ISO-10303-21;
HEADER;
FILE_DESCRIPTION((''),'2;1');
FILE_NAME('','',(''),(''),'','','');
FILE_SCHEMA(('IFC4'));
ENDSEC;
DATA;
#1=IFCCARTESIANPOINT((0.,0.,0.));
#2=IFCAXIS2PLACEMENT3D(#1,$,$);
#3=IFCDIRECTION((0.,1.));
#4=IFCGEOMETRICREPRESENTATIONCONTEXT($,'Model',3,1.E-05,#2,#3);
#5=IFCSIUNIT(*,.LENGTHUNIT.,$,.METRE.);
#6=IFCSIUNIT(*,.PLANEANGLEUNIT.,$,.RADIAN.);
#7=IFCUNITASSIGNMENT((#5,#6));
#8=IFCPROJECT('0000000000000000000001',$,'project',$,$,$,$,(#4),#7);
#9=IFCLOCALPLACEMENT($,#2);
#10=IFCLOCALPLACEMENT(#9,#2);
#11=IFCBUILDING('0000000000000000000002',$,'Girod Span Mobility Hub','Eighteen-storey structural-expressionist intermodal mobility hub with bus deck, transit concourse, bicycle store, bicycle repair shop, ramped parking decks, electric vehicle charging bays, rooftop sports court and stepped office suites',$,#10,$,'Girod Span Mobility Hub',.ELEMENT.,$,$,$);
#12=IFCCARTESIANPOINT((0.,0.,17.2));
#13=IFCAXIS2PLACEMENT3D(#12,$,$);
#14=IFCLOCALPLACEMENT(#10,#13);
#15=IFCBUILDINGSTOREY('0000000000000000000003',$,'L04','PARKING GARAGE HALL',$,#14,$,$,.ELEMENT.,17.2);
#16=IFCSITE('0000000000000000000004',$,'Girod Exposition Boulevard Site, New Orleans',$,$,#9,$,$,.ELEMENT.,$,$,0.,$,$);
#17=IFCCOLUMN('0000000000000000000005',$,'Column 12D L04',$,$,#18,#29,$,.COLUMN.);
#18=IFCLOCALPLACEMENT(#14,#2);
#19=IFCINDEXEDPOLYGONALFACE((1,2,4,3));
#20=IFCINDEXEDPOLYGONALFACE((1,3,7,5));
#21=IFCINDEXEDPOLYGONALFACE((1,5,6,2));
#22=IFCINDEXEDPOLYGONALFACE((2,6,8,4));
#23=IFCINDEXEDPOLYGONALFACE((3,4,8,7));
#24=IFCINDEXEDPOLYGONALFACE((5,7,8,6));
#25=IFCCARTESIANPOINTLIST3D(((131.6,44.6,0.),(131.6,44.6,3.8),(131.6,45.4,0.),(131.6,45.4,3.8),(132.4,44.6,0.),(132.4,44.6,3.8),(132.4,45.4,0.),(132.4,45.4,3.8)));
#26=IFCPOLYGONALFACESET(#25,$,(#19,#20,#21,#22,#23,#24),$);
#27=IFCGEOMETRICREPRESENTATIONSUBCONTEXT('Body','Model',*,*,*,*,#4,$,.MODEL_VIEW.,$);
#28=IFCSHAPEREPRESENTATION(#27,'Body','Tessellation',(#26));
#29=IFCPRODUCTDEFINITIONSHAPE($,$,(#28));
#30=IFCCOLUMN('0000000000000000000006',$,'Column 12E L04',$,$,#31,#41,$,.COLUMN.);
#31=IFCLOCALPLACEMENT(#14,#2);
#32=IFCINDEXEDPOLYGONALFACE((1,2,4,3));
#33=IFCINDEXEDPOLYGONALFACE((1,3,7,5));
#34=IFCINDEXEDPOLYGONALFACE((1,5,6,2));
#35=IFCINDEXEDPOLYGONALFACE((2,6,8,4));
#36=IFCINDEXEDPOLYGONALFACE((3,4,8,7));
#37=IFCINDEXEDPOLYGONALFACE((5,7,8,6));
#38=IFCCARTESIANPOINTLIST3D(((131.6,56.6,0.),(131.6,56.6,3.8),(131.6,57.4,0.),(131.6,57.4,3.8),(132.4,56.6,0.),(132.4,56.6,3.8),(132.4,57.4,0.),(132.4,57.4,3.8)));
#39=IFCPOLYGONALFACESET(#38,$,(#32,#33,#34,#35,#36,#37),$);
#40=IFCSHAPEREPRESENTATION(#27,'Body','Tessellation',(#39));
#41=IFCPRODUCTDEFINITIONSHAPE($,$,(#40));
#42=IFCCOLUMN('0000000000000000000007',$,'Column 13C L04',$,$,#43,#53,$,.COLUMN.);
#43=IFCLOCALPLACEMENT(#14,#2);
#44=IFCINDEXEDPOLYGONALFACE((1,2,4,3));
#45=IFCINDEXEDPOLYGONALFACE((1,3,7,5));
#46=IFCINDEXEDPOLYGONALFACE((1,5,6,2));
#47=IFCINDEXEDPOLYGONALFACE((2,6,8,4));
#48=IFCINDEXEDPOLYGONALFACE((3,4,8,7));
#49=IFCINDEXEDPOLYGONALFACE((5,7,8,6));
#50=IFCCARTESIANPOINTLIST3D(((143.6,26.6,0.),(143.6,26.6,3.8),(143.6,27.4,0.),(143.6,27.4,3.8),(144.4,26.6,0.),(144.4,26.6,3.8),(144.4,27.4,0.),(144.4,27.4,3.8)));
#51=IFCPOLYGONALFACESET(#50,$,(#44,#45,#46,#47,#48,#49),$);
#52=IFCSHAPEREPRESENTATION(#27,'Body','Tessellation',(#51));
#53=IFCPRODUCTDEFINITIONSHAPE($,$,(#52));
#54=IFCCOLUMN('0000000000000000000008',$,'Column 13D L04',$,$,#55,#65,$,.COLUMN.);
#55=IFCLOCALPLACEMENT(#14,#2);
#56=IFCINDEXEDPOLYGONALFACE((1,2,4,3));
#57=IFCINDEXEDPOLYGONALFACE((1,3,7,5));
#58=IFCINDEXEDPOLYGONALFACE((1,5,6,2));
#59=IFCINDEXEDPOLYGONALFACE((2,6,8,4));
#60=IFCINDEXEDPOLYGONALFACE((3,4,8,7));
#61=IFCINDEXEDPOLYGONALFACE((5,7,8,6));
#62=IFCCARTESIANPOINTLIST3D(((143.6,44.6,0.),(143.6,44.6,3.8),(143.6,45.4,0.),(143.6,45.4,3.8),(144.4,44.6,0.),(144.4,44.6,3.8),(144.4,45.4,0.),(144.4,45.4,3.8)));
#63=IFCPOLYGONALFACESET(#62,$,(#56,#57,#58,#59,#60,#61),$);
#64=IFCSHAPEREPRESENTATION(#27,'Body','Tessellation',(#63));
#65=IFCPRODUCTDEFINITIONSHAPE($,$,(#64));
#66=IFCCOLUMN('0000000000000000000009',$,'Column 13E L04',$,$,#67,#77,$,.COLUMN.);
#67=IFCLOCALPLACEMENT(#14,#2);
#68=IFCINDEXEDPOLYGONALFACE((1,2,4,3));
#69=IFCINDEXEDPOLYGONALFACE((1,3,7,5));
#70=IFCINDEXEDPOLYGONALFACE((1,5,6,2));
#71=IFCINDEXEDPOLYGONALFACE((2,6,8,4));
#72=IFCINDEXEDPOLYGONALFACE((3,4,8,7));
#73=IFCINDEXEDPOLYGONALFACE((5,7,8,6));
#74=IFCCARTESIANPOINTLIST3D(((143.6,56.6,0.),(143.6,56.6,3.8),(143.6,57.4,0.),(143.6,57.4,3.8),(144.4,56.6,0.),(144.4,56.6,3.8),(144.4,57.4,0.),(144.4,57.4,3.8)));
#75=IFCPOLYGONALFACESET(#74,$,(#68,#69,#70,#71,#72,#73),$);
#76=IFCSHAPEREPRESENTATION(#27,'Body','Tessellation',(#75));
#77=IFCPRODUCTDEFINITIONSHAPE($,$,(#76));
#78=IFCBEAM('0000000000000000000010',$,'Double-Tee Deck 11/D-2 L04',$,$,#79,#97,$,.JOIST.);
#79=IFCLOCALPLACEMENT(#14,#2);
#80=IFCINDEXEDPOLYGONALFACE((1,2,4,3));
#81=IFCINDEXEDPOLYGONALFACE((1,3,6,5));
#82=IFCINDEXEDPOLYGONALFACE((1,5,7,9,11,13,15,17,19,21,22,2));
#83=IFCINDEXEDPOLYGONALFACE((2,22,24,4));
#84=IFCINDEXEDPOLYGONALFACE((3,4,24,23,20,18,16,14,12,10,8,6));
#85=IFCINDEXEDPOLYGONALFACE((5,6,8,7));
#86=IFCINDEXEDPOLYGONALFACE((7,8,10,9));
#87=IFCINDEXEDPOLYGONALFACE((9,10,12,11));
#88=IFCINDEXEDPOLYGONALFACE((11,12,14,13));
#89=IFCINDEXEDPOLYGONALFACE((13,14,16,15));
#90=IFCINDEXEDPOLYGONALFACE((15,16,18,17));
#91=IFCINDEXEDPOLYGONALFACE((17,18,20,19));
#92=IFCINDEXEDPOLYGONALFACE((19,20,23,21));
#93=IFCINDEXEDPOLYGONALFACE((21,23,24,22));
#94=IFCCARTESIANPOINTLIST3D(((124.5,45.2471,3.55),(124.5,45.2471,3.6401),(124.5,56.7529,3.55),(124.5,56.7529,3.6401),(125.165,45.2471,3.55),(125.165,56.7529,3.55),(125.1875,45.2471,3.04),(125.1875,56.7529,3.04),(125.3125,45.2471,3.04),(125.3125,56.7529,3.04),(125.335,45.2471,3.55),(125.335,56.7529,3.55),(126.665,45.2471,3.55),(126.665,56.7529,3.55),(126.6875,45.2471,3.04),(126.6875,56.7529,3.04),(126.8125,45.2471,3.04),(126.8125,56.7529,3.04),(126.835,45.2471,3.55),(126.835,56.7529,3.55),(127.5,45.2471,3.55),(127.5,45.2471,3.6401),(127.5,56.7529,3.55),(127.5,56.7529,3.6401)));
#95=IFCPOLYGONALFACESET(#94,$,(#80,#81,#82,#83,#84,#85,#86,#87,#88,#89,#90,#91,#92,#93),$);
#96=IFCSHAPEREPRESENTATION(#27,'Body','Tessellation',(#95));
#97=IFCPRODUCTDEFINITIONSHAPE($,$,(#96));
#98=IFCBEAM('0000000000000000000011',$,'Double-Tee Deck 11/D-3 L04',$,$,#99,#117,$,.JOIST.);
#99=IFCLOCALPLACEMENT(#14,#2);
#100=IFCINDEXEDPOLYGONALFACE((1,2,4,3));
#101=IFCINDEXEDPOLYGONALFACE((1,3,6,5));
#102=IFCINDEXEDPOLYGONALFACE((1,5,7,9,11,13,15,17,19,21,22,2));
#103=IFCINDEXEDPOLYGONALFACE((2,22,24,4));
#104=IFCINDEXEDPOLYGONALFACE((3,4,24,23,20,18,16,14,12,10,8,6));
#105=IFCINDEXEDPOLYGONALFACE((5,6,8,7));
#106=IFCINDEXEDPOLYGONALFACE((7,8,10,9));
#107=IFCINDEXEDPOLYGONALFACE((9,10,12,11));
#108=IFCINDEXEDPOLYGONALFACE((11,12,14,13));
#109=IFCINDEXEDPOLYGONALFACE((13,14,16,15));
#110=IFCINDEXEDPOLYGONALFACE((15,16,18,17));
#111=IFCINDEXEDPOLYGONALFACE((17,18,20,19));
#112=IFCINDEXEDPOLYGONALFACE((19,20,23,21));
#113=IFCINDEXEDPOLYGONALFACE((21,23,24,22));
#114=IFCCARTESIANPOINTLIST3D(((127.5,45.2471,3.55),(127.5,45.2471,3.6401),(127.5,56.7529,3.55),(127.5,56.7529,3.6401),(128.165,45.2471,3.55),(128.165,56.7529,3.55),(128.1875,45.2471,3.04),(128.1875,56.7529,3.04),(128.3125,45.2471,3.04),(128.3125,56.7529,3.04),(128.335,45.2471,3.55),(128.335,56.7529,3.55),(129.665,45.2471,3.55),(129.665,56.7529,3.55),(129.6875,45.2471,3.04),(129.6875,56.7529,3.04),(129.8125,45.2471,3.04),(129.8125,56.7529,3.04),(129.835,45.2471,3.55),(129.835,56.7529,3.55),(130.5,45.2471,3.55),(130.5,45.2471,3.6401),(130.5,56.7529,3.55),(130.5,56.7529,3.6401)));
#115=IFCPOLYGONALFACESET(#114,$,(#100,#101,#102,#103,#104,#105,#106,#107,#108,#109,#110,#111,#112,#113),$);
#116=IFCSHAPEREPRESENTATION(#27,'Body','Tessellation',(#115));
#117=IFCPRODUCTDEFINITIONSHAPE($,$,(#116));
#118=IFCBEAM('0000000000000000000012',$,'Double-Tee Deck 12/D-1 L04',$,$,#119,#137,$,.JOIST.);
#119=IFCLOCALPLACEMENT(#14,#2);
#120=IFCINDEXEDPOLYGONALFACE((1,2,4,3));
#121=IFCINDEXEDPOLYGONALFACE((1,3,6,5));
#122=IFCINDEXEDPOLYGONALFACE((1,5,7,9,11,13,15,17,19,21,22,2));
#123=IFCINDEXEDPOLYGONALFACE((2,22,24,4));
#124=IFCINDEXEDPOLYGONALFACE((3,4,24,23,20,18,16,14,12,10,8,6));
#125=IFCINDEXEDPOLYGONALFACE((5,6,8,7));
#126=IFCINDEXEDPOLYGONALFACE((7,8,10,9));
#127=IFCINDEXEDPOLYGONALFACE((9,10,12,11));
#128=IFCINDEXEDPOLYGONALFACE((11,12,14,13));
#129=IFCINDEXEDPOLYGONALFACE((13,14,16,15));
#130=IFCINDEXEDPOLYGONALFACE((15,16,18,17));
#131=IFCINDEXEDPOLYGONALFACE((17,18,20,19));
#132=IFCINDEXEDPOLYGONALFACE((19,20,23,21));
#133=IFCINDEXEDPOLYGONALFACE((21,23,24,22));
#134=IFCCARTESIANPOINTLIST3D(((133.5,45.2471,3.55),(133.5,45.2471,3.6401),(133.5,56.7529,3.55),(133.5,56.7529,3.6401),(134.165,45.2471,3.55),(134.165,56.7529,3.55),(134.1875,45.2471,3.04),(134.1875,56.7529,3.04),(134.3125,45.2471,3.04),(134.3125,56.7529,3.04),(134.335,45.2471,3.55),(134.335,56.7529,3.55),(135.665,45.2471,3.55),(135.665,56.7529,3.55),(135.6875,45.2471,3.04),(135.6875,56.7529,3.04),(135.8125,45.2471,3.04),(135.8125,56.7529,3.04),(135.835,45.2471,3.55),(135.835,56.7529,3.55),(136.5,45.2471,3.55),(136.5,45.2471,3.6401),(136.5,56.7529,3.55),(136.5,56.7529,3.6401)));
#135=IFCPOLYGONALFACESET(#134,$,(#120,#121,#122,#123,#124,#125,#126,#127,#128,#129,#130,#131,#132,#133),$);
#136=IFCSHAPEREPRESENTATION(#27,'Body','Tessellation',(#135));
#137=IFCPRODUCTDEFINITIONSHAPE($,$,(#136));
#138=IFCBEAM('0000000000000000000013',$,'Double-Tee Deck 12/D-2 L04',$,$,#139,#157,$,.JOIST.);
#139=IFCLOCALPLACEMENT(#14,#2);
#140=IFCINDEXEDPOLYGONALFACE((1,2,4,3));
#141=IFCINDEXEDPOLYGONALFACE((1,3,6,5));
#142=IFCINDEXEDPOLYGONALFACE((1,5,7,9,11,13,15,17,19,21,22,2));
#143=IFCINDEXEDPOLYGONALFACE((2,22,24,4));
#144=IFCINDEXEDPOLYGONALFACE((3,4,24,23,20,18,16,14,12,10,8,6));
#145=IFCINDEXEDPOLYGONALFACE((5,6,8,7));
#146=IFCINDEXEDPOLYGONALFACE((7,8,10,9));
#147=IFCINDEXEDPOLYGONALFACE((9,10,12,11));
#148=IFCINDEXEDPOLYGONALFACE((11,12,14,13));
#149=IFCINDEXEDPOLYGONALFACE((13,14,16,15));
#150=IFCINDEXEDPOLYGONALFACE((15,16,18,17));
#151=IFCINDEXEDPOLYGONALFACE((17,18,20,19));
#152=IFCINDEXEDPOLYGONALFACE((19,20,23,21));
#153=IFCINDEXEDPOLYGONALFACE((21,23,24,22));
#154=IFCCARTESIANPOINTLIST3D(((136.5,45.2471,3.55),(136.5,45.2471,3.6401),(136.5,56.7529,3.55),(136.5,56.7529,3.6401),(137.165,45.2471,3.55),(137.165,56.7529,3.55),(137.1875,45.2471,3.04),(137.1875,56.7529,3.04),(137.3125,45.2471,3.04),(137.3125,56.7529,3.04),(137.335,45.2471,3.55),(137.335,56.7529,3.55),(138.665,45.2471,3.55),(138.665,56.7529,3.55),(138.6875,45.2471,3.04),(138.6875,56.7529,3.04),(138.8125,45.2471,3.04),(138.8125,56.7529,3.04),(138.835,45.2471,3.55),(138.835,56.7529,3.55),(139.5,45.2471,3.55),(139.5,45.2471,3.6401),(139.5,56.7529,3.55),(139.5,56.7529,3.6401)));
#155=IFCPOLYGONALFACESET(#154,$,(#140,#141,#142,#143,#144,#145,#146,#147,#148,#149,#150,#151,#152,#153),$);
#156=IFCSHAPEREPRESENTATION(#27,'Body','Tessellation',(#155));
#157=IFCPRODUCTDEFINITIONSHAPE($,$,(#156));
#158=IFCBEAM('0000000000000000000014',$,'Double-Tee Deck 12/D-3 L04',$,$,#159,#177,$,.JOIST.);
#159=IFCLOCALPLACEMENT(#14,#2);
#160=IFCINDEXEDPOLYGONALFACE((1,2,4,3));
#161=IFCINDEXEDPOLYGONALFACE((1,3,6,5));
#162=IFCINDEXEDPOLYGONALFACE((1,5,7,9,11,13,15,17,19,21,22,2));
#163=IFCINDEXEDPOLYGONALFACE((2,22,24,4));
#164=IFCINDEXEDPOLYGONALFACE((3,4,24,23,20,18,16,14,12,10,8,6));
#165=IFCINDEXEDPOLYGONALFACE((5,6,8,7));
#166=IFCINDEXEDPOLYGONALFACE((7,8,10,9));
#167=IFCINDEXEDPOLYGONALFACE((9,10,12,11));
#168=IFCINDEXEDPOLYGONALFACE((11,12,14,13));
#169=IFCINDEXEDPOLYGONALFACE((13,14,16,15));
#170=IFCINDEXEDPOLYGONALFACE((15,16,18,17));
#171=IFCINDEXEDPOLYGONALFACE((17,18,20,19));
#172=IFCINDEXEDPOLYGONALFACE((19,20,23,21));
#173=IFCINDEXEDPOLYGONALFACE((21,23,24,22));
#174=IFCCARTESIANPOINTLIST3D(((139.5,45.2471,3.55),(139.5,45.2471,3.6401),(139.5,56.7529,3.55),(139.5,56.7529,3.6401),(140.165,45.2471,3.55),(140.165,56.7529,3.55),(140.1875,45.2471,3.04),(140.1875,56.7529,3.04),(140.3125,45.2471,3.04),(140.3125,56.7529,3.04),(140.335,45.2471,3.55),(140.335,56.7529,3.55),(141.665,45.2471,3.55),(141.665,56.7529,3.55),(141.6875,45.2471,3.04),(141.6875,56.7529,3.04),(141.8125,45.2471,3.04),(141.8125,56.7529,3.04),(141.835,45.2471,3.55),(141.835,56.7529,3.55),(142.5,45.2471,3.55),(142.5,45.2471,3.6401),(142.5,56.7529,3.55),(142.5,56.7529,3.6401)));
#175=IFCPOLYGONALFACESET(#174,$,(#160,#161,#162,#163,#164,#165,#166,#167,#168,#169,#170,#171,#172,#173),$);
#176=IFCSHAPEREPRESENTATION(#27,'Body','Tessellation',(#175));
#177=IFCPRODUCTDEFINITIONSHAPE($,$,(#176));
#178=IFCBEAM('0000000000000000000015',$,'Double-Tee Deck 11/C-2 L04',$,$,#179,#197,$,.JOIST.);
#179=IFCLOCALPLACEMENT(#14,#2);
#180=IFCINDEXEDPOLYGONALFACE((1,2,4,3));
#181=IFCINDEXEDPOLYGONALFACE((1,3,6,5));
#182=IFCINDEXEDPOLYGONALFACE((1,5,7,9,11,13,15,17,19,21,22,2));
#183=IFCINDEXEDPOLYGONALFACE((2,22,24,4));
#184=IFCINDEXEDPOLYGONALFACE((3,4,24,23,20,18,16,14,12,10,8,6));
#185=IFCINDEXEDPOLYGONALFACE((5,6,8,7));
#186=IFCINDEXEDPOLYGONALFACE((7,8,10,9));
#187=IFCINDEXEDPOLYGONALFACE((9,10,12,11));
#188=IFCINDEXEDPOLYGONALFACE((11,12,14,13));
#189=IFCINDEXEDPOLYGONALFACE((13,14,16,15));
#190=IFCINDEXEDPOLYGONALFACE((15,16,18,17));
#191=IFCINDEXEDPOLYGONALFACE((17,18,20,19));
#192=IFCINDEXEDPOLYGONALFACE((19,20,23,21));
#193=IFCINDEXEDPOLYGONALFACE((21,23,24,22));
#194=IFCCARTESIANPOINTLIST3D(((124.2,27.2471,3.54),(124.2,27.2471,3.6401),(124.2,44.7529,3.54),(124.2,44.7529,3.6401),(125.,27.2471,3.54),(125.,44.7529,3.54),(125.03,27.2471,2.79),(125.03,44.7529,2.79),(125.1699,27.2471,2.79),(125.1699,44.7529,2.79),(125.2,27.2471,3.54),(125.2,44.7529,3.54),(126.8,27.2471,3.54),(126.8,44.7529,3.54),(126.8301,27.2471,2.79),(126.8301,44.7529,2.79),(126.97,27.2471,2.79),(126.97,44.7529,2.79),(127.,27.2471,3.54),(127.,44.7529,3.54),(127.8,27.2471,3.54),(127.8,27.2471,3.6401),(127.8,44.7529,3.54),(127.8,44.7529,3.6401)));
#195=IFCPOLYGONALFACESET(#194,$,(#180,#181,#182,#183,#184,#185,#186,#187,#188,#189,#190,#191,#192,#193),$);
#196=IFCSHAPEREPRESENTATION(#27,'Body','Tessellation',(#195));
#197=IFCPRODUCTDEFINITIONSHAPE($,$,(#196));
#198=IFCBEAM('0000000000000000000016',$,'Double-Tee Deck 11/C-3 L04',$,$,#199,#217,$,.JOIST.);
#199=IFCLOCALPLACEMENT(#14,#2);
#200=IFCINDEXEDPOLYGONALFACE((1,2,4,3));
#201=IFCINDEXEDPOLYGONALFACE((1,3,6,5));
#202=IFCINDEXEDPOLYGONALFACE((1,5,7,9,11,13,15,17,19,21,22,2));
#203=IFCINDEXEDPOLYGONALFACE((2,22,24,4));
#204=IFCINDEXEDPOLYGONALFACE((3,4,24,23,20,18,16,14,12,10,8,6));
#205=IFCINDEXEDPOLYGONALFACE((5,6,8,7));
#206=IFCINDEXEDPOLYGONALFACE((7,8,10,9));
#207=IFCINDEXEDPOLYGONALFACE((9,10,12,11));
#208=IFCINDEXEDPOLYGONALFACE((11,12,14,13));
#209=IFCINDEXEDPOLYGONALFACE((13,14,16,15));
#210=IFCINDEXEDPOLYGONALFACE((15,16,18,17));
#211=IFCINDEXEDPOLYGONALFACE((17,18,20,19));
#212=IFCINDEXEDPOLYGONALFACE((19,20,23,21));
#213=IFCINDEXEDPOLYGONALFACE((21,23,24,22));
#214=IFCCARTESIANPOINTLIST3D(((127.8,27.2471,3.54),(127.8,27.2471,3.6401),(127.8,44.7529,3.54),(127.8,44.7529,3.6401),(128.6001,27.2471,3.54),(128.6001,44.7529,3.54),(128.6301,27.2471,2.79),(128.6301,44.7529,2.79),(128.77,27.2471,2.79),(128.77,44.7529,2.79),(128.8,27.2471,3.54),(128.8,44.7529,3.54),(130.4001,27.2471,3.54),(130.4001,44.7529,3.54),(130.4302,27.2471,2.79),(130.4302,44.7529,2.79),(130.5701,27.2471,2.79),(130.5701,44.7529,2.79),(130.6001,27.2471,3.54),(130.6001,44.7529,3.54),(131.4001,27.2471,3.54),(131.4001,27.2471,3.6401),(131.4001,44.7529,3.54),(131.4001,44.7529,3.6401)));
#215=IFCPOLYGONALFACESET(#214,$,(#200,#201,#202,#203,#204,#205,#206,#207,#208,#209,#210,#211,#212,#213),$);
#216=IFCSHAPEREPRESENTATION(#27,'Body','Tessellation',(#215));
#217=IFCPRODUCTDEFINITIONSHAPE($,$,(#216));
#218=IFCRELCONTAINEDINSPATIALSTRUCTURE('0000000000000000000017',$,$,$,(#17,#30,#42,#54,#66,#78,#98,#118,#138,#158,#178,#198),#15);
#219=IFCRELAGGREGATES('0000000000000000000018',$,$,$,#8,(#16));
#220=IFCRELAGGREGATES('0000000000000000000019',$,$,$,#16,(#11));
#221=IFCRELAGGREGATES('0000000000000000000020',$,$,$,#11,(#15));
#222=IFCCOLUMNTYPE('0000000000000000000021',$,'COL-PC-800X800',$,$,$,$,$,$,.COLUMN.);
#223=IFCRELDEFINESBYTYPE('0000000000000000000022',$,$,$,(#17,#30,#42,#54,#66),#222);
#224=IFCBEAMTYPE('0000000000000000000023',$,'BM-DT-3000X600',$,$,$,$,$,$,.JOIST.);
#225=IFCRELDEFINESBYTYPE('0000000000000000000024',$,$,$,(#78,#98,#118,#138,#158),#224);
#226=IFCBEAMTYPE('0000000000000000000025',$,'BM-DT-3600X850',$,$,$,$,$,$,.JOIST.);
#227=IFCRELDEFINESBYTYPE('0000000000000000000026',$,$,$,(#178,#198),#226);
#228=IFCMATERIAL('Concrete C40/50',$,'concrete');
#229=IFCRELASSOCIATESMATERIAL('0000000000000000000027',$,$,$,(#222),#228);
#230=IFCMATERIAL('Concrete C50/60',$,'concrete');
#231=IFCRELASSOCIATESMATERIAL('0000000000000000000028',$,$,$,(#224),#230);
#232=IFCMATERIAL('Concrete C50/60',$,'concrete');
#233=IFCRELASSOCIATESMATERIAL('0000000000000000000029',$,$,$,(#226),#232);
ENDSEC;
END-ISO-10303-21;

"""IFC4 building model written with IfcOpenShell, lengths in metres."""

from ifc_helpers import new_model, si_unit, direction, frame, origin, origin_2d, place, context, subcontext, project, spatial, polyline, rectangle, outline, extrude, material, material_profile, profile_set, type_object, element, save


model = new_model("IFC4")

# Units and contexts
model_context = context("Model", 3, precision=1e-05, world=origin(), true_north=direction((0.0, 1.0)))
body_context = subcontext(model_context, "Body", "Model", "MODEL_VIEW")
ifc_project = project(units=[si_unit("LENGTHUNIT", "METRE"), si_unit("PLANEANGLEUNIT", "RADIAN")], contexts=[model_context])

# Site, building, storey
site_placement = place(None, origin())
site = spatial("IfcSite", under=ifc_project, at=site_placement, Name="Girod Exposition Boulevard Site, New Orleans", CompositionType="ELEMENT", RefElevation=0.0)
building_placement = place(site_placement, origin())
building = spatial("IfcBuilding", under=site, at=building_placement, Name="Girod Span Mobility Hub", Description="Eighteen-storey structural-expressionist intermodal mobility hub with bus deck, transit concourse, bicycle store, bicycle repair shop, ramped parking decks, electric vehicle charging bays, rooftop sports court and stepped office suites", LongName="Girod Span Mobility Hub", CompositionType="ELEMENT")
storey_placement = place(building_placement, frame((0.0, 0.0, 17.2)))
storey = spatial("IfcBuildingStorey", under=building, at=storey_placement, Name="L04", Description="PARKING GARAGE HALL", CompositionType="ELEMENT", Elevation=17.2)

# Columns
ifc_material_1 = material(Name="Concrete C40/50", Category="concrete")
ifc_material_profile_1 = material_profile(ifc_material_1, rectangle(XDim=0.8, YDim=0.8, at=origin_2d()), Name="PC-COL-800X800")
ifc_profile_set_1 = profile_set([ifc_material_profile_1], Name="Concrete C40/50")
column_type = type_object("IfcColumnType", Name="COL-PC-800X800", PredefinedType="COLUMN", material=ifc_profile_set_1)
for number, where, z_axis, x_axis, name in (
    (1, (132.0, 45.0, 0.0), (0.0, 0.0, 1.0), (1.0, 0.0, 0.0), "Column 12D L04"),
    (2, (132.0, 57.0, 0.0), (0.0, 0.0, 1.0), (1.0, 0.0, 0.0), "Column 12E L04"),
    (3, (144.0, 27.0, 0.0), (0.0, 0.0, 1.0), (1.0, 0.0, 0.0), "Column 13C L04"),
    (4, (144.0, 45.0, 0.0), (0.0, 0.0, 1.0), (1.0, 0.0, 0.0), "Column 13D L04"),
    (5, (144.0, 57.0, 0.0), (0.0, 0.0, 1.0), (1.0, 0.0, 0.0), "Column 13E L04"),
):
    element("IfcColumn", number, at=place(storey_placement, frame(where, z_axis=z_axis, x_axis=x_axis)), inside=storey, type_object=column_type, Name=name, PredefinedType="COLUMN", context=body_context, shape_type="SweptSolid", body=[
        extrude(rectangle(XDim=0.8, YDim=0.8, at=origin_2d()), origin(), (0.0, 0.0, 1.0), 3.8),
    ])

# Beams
ifc_material_2 = material(Name="Concrete C50/60", Category="concrete")
ifc_material_profile_2 = material_profile(ifc_material_2, outline(polyline([(-1.5, 0.3), (-1.5, 0.21), (-0.835, 0.21), (-0.8125, -0.3), (-0.6875, -0.3), (-0.665, 0.21), (0.665, 0.21), (0.6875, -0.3), (0.8125, -0.3), (0.835, 0.21), (1.5, 0.21), (1.5, 0.3), (-1.5, 0.3)])), Name="DT-3000X600")
ifc_profile_set_2 = profile_set([ifc_material_profile_2], Name="Concrete C50/60")
beam_type_1 = type_object("IfcBeamType", Name="BM-DT-3000X600", PredefinedType="JOIST", material=ifc_profile_set_2)
for number, where, z_axis, x_axis, name in (
    (6, (126.0, 45.2471, 3.3401), (0.0, 1.0, 0.0), (-1.0, 0.0, 0.0), "Double-Tee Deck 11/D-2 L04"),
    (7, (129.0, 45.2471, 3.3401), (0.0, 1.0, 0.0), (-1.0, 0.0, 0.0), "Double-Tee Deck 11/D-3 L04"),
    (8, (135.0, 45.2471, 3.3401), (0.0, 1.0, 0.0), (-1.0, 0.0, 0.0), "Double-Tee Deck 12/D-1 L04"),
    (9, (138.0, 45.2471, 3.3401), (0.0, 1.0, 0.0), (-1.0, 0.0, 0.0), "Double-Tee Deck 12/D-2 L04"),
    (10, (141.0, 45.2471, 3.3401), (0.0, 1.0, 0.0), (-1.0, 0.0, 0.0), "Double-Tee Deck 12/D-3 L04"),
):
    element("IfcBeam", number, at=place(storey_placement, frame(where, z_axis=z_axis, x_axis=x_axis)), inside=storey, type_object=beam_type_1, Name=name, PredefinedType="JOIST", context=body_context, shape_type="SweptSolid", body=[
        extrude(outline(polyline([(-1.5, 0.3), (-1.5, 0.21), (-0.835, 0.21), (-0.8125, -0.3), (-0.6875, -0.3), (-0.665, 0.21), (0.665, 0.21), (0.6875, -0.3), (0.8125, -0.3), (0.835, 0.21), (1.5, 0.21), (1.5, 0.3), (-1.5, 0.3)])), origin(), (0.0, 0.0, 1.0), 11.5059),
    ])
ifc_material_3 = material(Name="Concrete C50/60", Category="concrete")
ifc_material_profile_3 = material_profile(ifc_material_3, outline(polyline([(-1.8, 0.425), (-1.8, 0.325), (-1.0, 0.325), (-0.97, -0.425), (-0.8301, -0.425), (-0.8, 0.325), (0.8, 0.325), (0.8301, -0.425), (0.97, -0.425), (1.0, 0.325), (1.8, 0.325), (1.8, 0.425), (-1.8, 0.425)])), Name="DT-3600X850")
ifc_profile_set_3 = profile_set([ifc_material_profile_3], Name="Concrete C50/60")
beam_type_2 = type_object("IfcBeamType", Name="BM-DT-3600X850", PredefinedType="JOIST", material=ifc_profile_set_3)
for number, where, z_axis, x_axis, name in (
    (11, (126.0, 27.2471, 3.2151), (0.0, 1.0, 0.0), (-1.0, 0.0, 0.0), "Double-Tee Deck 11/C-2 L04"),
    (12, (129.6001, 27.2471, 3.2151), (0.0, 1.0, 0.0), (-1.0, 0.0, 0.0), "Double-Tee Deck 11/C-3 L04"),
):
    element("IfcBeam", number, at=place(storey_placement, frame(where, z_axis=z_axis, x_axis=x_axis)), inside=storey, type_object=beam_type_2, Name=name, PredefinedType="JOIST", context=body_context, shape_type="SweptSolid", body=[
        extrude(outline(polyline([(-1.8, 0.425), (-1.8, 0.325), (-1.0, 0.325), (-0.97, -0.425), (-0.8301, -0.425), (-0.8, 0.325), (0.8, 0.325), (0.8301, -0.425), (0.97, -0.425), (1.0, 0.325), (1.8, 0.325), (1.8, 0.425), (-1.8, 0.425)])), origin(), (0.0, 0.0, 1.0), 17.5059),
    ])

save(model, "model.ifc")
